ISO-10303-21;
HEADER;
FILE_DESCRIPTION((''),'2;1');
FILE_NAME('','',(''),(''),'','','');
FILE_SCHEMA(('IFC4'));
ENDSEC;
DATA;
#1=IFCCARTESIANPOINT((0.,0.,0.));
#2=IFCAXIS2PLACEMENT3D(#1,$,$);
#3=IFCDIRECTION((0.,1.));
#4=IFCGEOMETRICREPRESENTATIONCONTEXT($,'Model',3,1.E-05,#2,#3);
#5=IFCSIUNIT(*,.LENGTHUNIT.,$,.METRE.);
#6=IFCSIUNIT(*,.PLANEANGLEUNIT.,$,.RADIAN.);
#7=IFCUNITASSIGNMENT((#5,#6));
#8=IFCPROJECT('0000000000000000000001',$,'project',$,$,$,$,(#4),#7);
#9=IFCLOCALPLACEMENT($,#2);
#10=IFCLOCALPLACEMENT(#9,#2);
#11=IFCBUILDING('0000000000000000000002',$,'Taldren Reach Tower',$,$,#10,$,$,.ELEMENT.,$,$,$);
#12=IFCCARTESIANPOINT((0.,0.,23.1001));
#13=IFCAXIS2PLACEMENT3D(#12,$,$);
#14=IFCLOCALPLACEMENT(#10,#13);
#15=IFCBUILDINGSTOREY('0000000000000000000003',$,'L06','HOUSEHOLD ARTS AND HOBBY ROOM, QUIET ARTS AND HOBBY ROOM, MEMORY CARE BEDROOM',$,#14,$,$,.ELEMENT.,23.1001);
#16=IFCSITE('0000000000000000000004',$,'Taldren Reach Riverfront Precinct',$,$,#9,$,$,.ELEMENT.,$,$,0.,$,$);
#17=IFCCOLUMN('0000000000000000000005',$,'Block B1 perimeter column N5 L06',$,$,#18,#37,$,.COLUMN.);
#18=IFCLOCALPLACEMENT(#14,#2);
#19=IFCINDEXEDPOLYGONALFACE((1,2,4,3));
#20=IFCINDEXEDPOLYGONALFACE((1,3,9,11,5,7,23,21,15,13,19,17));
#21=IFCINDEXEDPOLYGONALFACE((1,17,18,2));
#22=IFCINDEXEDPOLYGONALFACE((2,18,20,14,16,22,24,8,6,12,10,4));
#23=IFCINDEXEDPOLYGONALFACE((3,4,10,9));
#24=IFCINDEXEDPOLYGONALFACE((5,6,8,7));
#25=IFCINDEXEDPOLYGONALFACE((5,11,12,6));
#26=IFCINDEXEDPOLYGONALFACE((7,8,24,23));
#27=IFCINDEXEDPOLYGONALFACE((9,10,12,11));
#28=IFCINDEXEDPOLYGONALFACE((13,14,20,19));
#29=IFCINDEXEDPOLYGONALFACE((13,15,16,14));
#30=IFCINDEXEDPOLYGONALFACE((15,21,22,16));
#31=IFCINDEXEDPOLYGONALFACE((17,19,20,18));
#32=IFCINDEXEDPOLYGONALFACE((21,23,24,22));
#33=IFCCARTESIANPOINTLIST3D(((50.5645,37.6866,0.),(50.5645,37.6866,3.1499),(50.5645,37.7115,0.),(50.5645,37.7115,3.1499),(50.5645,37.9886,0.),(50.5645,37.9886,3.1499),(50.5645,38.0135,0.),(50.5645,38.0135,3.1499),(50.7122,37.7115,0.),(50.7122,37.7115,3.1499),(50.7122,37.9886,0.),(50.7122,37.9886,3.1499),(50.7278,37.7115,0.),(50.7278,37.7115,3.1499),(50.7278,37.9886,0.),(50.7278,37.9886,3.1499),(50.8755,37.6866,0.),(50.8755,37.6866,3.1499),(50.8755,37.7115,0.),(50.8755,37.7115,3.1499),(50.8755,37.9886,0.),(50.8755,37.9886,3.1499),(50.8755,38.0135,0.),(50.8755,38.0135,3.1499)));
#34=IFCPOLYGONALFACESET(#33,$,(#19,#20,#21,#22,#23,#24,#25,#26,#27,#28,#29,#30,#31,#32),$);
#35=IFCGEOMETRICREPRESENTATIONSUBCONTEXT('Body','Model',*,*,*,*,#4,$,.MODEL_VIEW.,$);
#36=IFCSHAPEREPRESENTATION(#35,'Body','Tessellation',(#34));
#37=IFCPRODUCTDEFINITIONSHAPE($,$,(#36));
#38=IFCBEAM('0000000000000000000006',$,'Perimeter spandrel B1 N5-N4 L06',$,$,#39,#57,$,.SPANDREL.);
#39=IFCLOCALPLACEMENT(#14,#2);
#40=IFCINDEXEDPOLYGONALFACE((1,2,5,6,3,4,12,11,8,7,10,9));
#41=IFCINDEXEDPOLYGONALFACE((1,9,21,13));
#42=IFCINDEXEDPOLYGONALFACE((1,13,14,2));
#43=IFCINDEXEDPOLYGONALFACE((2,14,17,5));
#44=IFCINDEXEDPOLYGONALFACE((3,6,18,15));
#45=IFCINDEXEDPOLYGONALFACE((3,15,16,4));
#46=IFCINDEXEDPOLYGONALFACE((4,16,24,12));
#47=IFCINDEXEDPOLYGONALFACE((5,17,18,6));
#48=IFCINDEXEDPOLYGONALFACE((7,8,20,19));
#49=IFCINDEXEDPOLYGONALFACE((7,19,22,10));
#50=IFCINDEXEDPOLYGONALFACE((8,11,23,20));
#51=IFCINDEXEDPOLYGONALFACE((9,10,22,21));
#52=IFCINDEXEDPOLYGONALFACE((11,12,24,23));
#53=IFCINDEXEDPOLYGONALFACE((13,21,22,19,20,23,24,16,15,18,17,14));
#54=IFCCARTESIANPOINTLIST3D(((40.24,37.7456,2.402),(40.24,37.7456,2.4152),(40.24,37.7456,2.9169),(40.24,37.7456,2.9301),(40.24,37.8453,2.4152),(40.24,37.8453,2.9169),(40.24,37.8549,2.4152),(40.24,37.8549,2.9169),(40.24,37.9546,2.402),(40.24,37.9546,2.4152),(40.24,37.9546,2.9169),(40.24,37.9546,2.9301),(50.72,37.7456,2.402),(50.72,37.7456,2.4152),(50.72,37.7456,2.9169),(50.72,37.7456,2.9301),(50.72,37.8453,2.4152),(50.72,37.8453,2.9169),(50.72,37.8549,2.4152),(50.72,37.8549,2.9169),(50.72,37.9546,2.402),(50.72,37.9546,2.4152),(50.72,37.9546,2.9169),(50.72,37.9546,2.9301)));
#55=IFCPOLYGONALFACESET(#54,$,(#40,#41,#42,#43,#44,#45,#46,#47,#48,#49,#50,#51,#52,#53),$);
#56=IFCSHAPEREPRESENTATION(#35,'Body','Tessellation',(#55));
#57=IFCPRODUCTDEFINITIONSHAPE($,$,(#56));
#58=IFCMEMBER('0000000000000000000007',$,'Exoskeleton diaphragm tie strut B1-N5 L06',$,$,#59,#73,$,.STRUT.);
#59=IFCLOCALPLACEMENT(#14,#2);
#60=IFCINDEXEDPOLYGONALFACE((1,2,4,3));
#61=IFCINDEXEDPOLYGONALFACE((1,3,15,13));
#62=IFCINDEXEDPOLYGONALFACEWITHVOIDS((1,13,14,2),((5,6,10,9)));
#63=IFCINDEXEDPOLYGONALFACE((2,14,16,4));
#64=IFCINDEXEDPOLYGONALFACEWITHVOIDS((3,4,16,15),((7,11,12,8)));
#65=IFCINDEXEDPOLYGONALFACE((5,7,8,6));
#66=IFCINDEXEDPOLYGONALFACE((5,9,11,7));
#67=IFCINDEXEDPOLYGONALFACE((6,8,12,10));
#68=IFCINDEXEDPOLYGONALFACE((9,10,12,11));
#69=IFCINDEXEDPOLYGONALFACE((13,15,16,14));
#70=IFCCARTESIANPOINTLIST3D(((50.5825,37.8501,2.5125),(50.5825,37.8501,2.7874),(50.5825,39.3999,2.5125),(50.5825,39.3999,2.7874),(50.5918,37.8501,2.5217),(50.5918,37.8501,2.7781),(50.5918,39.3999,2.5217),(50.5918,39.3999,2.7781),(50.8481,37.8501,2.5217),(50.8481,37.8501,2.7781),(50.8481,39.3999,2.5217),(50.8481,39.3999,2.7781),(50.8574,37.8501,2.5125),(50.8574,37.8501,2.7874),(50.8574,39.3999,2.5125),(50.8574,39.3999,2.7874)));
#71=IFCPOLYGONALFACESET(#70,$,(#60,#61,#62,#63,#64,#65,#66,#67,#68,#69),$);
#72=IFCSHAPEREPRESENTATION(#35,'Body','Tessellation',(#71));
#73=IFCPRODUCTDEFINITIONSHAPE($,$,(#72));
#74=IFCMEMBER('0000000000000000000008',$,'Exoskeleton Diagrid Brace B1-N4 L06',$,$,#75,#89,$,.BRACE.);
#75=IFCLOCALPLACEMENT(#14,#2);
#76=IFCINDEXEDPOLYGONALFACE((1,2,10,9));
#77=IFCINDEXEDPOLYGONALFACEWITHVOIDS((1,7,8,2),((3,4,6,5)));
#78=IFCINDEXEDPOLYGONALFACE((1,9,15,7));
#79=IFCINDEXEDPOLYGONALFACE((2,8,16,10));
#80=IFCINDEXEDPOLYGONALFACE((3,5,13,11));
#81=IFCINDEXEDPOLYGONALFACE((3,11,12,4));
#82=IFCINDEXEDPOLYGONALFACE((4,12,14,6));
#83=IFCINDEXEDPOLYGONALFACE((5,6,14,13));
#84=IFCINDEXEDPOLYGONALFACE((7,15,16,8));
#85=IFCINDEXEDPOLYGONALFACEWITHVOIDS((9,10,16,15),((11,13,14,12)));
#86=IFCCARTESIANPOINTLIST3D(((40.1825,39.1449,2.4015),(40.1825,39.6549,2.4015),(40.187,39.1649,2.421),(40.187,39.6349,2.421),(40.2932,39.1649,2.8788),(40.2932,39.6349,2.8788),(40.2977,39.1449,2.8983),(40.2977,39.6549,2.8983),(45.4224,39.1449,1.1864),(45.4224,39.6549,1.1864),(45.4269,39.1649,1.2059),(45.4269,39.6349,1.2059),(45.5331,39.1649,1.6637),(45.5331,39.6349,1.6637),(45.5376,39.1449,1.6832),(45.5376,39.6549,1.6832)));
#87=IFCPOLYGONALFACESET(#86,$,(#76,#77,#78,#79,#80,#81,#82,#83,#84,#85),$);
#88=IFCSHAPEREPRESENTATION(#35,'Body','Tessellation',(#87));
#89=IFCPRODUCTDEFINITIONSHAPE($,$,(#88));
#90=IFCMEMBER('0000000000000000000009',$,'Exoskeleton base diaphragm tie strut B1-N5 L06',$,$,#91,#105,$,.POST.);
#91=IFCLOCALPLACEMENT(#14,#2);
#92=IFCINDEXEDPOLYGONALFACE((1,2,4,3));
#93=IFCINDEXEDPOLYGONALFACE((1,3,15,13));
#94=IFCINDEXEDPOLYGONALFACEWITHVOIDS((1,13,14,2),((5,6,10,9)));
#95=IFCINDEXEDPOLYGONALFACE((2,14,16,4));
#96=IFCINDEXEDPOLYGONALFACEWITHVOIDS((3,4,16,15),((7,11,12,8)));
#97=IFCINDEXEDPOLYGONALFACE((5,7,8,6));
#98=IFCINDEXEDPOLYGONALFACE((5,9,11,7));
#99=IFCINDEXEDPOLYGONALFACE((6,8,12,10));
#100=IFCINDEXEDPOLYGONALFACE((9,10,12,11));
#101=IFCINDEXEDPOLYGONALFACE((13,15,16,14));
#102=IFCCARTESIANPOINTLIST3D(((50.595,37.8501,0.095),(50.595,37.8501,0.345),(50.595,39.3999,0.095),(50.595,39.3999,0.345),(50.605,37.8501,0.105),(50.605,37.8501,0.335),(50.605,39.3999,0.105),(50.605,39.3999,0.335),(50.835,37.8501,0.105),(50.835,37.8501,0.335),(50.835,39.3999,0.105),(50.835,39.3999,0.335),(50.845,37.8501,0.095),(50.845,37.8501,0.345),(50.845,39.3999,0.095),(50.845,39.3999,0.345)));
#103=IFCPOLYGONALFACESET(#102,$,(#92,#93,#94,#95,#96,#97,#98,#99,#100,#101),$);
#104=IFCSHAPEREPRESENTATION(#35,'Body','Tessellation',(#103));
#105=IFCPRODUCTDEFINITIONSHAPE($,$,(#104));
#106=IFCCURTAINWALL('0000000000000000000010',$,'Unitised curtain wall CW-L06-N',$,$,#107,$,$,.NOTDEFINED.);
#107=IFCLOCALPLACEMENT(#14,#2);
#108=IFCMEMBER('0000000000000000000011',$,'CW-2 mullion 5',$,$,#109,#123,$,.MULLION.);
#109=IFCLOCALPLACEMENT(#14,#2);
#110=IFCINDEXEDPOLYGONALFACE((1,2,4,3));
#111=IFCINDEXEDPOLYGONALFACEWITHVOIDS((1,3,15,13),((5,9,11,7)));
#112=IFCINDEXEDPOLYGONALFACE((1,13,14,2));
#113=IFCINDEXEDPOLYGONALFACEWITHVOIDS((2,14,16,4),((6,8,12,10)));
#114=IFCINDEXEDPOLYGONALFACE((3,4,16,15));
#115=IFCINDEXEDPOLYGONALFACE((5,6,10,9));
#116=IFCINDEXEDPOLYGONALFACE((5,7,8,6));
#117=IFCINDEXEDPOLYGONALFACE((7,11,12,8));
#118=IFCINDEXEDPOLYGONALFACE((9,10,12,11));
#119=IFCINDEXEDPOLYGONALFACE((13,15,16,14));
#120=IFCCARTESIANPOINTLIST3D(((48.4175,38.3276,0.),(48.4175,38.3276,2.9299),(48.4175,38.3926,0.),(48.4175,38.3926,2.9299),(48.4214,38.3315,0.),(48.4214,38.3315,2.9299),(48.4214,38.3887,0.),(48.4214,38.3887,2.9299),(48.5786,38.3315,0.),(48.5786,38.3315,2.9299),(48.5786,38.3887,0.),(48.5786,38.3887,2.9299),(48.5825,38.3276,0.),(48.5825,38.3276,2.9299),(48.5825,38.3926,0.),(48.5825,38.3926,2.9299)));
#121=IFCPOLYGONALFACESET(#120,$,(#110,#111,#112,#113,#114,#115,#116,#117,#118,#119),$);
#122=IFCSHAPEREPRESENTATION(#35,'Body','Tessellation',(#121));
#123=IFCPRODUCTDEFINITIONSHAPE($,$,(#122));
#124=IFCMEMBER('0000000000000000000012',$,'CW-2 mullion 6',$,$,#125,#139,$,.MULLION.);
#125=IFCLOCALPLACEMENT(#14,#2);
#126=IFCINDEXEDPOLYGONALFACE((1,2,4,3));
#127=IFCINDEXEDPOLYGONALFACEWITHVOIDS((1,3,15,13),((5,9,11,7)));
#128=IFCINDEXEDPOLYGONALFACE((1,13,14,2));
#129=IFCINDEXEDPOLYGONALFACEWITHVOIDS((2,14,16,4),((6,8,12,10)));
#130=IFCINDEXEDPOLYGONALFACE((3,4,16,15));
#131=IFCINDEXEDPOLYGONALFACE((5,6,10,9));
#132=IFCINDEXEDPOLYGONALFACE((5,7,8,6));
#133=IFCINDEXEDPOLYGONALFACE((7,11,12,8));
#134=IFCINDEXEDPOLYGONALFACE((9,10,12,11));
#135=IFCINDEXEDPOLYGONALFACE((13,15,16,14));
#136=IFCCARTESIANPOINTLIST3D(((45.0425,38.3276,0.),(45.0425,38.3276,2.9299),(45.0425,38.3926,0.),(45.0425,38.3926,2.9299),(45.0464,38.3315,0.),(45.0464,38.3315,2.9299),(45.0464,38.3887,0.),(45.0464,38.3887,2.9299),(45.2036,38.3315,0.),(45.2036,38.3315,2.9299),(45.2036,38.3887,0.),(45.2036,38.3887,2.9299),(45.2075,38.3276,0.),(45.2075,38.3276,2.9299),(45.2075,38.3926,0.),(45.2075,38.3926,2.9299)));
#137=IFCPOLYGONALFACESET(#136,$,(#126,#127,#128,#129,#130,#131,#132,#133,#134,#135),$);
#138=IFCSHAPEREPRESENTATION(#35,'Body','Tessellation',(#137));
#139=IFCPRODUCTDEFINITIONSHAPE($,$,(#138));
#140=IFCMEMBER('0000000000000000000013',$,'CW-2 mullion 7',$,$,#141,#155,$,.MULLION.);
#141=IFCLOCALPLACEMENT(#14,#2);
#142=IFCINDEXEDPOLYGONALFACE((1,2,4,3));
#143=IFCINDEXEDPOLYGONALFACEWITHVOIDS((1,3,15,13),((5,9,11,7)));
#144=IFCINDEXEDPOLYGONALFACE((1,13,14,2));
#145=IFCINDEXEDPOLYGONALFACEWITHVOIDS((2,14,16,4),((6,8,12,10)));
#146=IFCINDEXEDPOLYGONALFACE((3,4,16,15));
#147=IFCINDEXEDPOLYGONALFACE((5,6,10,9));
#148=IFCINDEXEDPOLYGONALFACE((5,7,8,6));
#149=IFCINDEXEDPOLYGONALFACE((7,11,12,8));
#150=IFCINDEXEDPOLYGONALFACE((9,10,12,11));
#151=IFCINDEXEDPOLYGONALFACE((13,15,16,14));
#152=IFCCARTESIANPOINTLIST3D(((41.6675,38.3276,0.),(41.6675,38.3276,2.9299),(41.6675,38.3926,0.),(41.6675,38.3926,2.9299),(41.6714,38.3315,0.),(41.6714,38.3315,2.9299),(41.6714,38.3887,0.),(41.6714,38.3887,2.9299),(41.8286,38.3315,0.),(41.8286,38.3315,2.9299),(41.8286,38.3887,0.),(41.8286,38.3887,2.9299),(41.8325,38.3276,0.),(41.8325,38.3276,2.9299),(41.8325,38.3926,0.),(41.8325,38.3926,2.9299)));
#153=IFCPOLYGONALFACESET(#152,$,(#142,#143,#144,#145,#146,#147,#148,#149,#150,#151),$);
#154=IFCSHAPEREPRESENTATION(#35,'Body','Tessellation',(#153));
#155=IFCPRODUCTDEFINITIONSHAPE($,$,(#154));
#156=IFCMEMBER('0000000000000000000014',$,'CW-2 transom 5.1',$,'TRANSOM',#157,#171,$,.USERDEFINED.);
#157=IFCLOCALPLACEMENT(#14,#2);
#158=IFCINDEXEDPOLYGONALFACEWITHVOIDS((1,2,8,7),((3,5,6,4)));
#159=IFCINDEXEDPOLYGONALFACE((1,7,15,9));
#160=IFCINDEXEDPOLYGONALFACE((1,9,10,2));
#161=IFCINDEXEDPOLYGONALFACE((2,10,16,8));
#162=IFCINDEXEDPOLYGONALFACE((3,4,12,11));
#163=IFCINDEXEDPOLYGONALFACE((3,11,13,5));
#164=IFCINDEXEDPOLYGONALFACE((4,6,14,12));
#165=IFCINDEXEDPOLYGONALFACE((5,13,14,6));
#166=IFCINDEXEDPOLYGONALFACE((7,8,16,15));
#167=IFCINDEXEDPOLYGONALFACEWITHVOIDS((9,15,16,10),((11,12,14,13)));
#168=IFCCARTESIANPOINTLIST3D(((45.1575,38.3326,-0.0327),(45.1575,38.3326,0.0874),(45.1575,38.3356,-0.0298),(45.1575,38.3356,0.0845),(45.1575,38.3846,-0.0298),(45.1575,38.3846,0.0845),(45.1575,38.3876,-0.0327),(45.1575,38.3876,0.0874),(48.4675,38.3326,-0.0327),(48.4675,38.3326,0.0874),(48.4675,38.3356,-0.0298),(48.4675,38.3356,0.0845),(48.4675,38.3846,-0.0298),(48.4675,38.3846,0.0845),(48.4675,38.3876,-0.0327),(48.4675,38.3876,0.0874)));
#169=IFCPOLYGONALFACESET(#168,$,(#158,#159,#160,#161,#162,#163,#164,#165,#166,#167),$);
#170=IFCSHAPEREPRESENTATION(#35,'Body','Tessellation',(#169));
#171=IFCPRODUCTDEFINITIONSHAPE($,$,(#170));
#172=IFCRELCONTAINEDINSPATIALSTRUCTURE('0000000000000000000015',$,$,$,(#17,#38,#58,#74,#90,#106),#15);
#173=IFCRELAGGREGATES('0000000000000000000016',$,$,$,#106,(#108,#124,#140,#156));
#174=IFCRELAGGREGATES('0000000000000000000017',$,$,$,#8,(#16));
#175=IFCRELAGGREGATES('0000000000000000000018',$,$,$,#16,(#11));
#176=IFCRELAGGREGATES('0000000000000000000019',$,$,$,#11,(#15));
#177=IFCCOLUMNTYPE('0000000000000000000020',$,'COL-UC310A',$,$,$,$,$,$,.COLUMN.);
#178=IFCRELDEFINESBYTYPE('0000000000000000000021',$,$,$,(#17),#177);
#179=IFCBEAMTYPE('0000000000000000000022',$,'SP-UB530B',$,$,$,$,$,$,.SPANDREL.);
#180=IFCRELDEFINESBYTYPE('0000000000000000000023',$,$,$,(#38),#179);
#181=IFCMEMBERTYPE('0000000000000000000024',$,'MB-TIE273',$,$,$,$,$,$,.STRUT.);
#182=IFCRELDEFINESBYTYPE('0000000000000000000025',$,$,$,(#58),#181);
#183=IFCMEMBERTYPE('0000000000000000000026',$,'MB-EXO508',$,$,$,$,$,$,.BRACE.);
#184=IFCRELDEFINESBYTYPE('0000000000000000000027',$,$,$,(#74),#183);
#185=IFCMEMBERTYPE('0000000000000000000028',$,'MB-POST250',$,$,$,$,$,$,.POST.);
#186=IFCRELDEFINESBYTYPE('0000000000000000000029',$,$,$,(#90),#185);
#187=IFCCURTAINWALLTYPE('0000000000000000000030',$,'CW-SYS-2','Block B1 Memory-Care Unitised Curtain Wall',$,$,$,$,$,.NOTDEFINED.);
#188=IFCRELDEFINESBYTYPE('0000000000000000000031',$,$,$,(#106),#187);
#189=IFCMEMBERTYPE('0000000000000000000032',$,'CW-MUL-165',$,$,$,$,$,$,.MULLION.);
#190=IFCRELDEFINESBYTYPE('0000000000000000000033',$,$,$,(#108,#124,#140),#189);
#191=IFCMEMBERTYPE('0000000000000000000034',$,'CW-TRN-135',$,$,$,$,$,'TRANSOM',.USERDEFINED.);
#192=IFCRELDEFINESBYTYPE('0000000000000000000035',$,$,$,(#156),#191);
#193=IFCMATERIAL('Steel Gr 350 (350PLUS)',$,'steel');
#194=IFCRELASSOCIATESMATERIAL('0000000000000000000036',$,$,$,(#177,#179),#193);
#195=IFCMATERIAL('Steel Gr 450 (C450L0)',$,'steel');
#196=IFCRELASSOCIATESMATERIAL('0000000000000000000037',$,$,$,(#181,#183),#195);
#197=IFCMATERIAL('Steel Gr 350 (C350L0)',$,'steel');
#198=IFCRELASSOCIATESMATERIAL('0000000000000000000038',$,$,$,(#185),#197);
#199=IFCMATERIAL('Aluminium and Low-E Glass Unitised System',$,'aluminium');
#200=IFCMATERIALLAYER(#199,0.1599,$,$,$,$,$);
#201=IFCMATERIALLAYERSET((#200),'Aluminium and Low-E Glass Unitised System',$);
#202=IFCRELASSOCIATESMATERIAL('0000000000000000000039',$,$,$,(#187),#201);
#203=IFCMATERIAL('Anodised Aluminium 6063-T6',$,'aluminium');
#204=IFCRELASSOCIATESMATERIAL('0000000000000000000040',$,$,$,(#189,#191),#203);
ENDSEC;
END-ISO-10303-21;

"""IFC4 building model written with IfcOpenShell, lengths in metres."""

from ifc_helpers import new_model, si_unit, direction, frame, origin, origin_2d, place, context, subcontext, project, spatial, hollow_rectangle, i_section, extrude, source, transform, mapped, material, layer, layer_set, material_profile, profile_set, type_object, element, aggregate, save


model = new_model("IFC4")

# Units and contexts
model_context = context("Model", 3, precision=1e-05, world=origin(), true_north=direction((0.0, 1.0)))
body_context = subcontext(model_context, "Body", "Model", "MODEL_VIEW")
ifc_project = project(units=[si_unit("LENGTHUNIT", "METRE"), si_unit("PLANEANGLEUNIT", "RADIAN")], contexts=[model_context])

# Site, building, storey
site_placement = place(None, origin())
site = spatial("IfcSite", under=ifc_project, at=site_placement, Name="Taldren Reach Riverfront Precinct", CompositionType="ELEMENT", RefElevation=0.0)
building_placement = place(site_placement, origin())
building = spatial("IfcBuilding", under=site, at=building_placement, Name="Taldren Reach Tower", CompositionType="ELEMENT")
storey_placement = place(building_placement, frame((0.0, 0.0, 23.1001)))
storey = spatial("IfcBuildingStorey", under=building, at=storey_placement, Name="L06", Description="HOUSEHOLD ARTS AND HOBBY ROOM, QUIET ARTS AND HOBBY ROOM, MEMORY CARE BEDROOM", CompositionType="ELEMENT", Elevation=23.1001)

# Column
ifc_material_1 = material(Name="Steel Gr 350 (350PLUS)", Category="steel")
ifc_material_profile_1 = material_profile(ifc_material_1, i_section(OverallWidth=0.311, OverallDepth=0.3269, WebThickness=0.0156, FlangeThickness=0.0249, at=origin_2d()), Name="310UC158")
ifc_profile_set_1 = profile_set([ifc_material_profile_1], Name="Steel Gr 350 (350PLUS)")
column_type = type_object("IfcColumnType", Name="COL-UC310A", PredefinedType="COLUMN", material=ifc_profile_set_1)
shared_shape_1 = source(origin(), body_context, "Body", "SweptSolid", [
    extrude(i_section(OverallWidth=0.311, OverallDepth=0.3269, WebThickness=0.0156, FlangeThickness=0.0249, at=origin_2d()), origin(), (0.0, 0.0, 1.0), 3.1499),
])
column_placement = place(storey_placement, frame((50.72, 37.8501, 0.0), z_axis=(0.0, 0.0, 1.0), x_axis=(1.0, 0.0, 0.0)))
element("IfcColumn", 1, at=column_placement, inside=storey, type_object=column_type, Name="Block B1 perimeter column N5 L06", PredefinedType="COLUMN", context=body_context, shape_type="MappedRepresentation", body=[
    mapped(shared_shape_1, transform((0.0, 0.0, 0.0), scale=1.0)),
])

# Beam
ifc_material_profile_2 = material_profile(ifc_material_1, i_section(OverallWidth=0.209, OverallDepth=0.5281, WebThickness=0.0095, FlangeThickness=0.0132, at=origin_2d()), Name="530UB82.0")
ifc_profile_set_2 = profile_set([ifc_material_profile_2], Name="Steel Gr 350 (350PLUS)")
beam_type = type_object("IfcBeamType", Name="SP-UB530B", PredefinedType="SPANDREL", material=ifc_profile_set_2)
shared_shape_2 = source(origin(), body_context, "Body", "SweptSolid", [
    extrude(i_section(OverallWidth=0.209, OverallDepth=0.5281, WebThickness=0.0095, FlangeThickness=0.0132, at=origin_2d()), origin(), (0.0, 0.0, 1.0), 10.48),
])
beam_placement = place(storey_placement, frame((50.72, 37.8501, 2.666), z_axis=(-1.0, 0.0, 0.0), x_axis=(0.0, -1.0, 0.0)))
element("IfcBeam", 2, at=beam_placement, inside=storey, type_object=beam_type, Name="Perimeter spandrel B1 N5-N4 L06", PredefinedType="SPANDREL", context=body_context, shape_type="MappedRepresentation", body=[
    mapped(shared_shape_2, transform((0.0, 0.0, 0.0), scale=1.0)),
])

# Members
ifc_material_2 = material(Name="Steel Gr 450 (C450L0)", Category="steel")
ifc_material_profile_3 = material_profile(ifc_material_2, hollow_rectangle(XDim=0.2749, YDim=0.2749, WallThickness=0.0093, at=origin_2d()), Name="275x275x9.3SHS")
ifc_profile_set_3 = profile_set([ifc_material_profile_3], Name="Steel Gr 450 (C450L0)")
member_type_1 = type_object("IfcMemberType", Name="MB-TIE273", PredefinedType="STRUT", material=ifc_profile_set_3)
shared_shape_3 = source(origin(), body_context, "Body", "SweptSolid", [
    extrude(hollow_rectangle(XDim=0.2749, YDim=0.2749, WallThickness=0.0093, at=origin_2d()), origin(), (0.0, 0.0, 1.0), 1.5498),
])
member_1_placement = place(storey_placement, frame((50.72, 37.8501, 2.6499), z_axis=(0.0, 1.0, 0.0), x_axis=(-1.0, 0.0, 0.0)))
element("IfcMember", 3, at=member_1_placement, inside=storey, type_object=member_type_1, Name="Exoskeleton diaphragm tie strut B1-N5 L06", PredefinedType="STRUT", context=body_context, shape_type="MappedRepresentation", body=[
    mapped(shared_shape_3, transform((0.0, 0.0, 0.0), scale=1.0)),
])
ifc_material_profile_4 = material_profile(ifc_material_2, hollow_rectangle(XDim=0.51, YDim=0.51, WallThickness=0.02, at=origin_2d()), Name="510x510x20.0SHS")
ifc_profile_set_4 = profile_set([ifc_material_profile_4], Name="Steel Gr 450 (C450L0)")
member_type_2 = type_object("IfcMemberType", Name="MB-EXO508", PredefinedType="BRACE", material=ifc_profile_set_4)
shared_shape_4 = source(origin(), body_context, "Body", "SweptSolid", [
    extrude(hollow_rectangle(XDim=0.51, YDim=0.51, WallThickness=0.02, at=origin_2d()), origin(), (0.0, 0.0, 1.0), 5.3789),
])
member_2_placement = place(storey_placement, frame((45.48, 39.3999, 1.4348), z_axis=(-0.974152, 0.0, 0.225894), x_axis=(0.0, -1.0, 0.0)))
element("IfcMember", 4, at=member_2_placement, inside=storey, type_object=member_type_2, Name="Exoskeleton Diagrid Brace B1-N4 L06", PredefinedType="BRACE", context=body_context, shape_type="MappedRepresentation", body=[
    mapped(shared_shape_4, transform((0.0, 0.0, 0.0), scale=1.0)),
])
ifc_material_3 = material(Name="Steel Gr 350 (C350L0)", Category="steel")
ifc_material_profile_5 = material_profile(ifc_material_3, hollow_rectangle(XDim=0.25, YDim=0.25, WallThickness=0.01, at=origin_2d()), Name="250x250x10.0SHS")
ifc_profile_set_5 = profile_set([ifc_material_profile_5], Name="Steel Gr 350 (C350L0)")
member_type_3 = type_object("IfcMemberType", Name="MB-POST250", PredefinedType="POST", material=ifc_profile_set_5)
shared_shape_5 = source(origin(), body_context, "Body", "SweptSolid", [
    extrude(hollow_rectangle(XDim=0.25, YDim=0.25, WallThickness=0.01, at=origin_2d()), origin(), (0.0, 0.0, 1.0), 1.5498),
])
member_3_placement = place(storey_placement, frame((50.72, 37.8501, 0.22), z_axis=(0.0, 1.0, 0.0), x_axis=(-1.0, 0.0, 0.0)))
element("IfcMember", 5, at=member_3_placement, inside=storey, type_object=member_type_3, Name="Exoskeleton base diaphragm tie strut B1-N5 L06", PredefinedType="POST", context=body_context, shape_type="MappedRepresentation", body=[
    mapped(shared_shape_5, transform((0.0, 0.0, 0.0), scale=1.0)),
])

# Curtain wall, members
ifc_material_4 = material(Name="Aluminium and Low-E Glass Unitised System", Category="aluminium")
ifc_layer_1 = layer(ifc_material_4, 0.1599)
ifc_layer_set_1 = layer_set([ifc_layer_1], Name="Aluminium and Low-E Glass Unitised System")
curtain_wall_type = type_object("IfcCurtainWallType", Name="CW-SYS-2", Description="Block B1 Memory-Care Unitised Curtain Wall", PredefinedType="NOTDEFINED", material=ifc_layer_set_1)
curtain_wall_placement = place(storey_placement, origin())
curtain_wall = element("IfcCurtainWall", 6, at=curtain_wall_placement, inside=storey, type_object=curtain_wall_type, Name="Unitised curtain wall CW-L06-N", PredefinedType="NOTDEFINED")
ifc_material_5 = material(Name="Anodised Aluminium 6063-T6", Category="aluminium")
ifc_material_profile_6 = material_profile(ifc_material_5, hollow_rectangle(XDim=0.0649, YDim=0.165, WallThickness=0.0039, at=origin_2d()), Name="ALU-165x65x4RHS")
ifc_profile_set_6 = profile_set([ifc_material_profile_6], Name="Anodised Aluminium 6063-T6")
member_type_4 = type_object("IfcMemberType", Name="CW-MUL-165", PredefinedType="MULLION", material=ifc_profile_set_6)
shared_shape_6 = source(origin(), body_context, "Body", "SweptSolid", [
    extrude(hollow_rectangle(XDim=0.0649, YDim=0.165, WallThickness=0.0039, at=origin_2d()), origin(), (0.0, 0.0, 1.0), 2.9299),
])
member_4_placement = place(storey_placement, frame((48.5, 38.3601, 0.0), z_axis=(0.0, 0.0, 1.0), x_axis=(0.0, -1.0, 0.0)))
member_4 = element("IfcMember", 7, at=member_4_placement, type_object=member_type_4, Name="CW-2 mullion 5", PredefinedType="MULLION", context=body_context, shape_type="MappedRepresentation", body=[
    mapped(shared_shape_6, transform((0.0, 0.0, 0.0), scale=1.0)),
])
member_5_placement = place(storey_placement, frame((45.125, 38.3601, 0.0), z_axis=(0.0, 0.0, 1.0), x_axis=(0.0, -1.0, 0.0)))
member_5 = element("IfcMember", 8, at=member_5_placement, type_object=member_type_4, Name="CW-2 mullion 6", PredefinedType="MULLION", context=body_context, shape_type="MappedRepresentation", body=[
    mapped(shared_shape_6, transform((0.0, 0.0, 0.0), scale=1.0)),
])
member_6_placement = place(storey_placement, frame((41.75, 38.3601, 0.0), z_axis=(0.0, 0.0, 1.0), x_axis=(0.0, -1.0, 0.0)))
member_6 = element("IfcMember", 9, at=member_6_placement, type_object=member_type_4, Name="CW-2 mullion 7", PredefinedType="MULLION", context=body_context, shape_type="MappedRepresentation", body=[
    mapped(shared_shape_6, transform((0.0, 0.0, 0.0), scale=1.0)),
])
ifc_material_profile_7 = material_profile(ifc_material_5, hollow_rectangle(XDim=0.0549, YDim=0.1201, WallThickness=0.0029, at=origin_2d()), Name="ALU-120x55x3RHS")
ifc_profile_set_7 = profile_set([ifc_material_profile_7], Name="Anodised Aluminium 6063-T6")
member_type_5 = type_object("IfcMemberType", Name="CW-TRN-135", ElementType="TRANSOM", PredefinedType="USERDEFINED", material=ifc_profile_set_7)
shared_shape_7 = source(origin(), body_context, "Body", "SweptSolid", [
    extrude(hollow_rectangle(XDim=0.0549, YDim=0.1201, WallThickness=0.0029, at=origin_2d()), origin(), (0.0, 0.0, 1.0), 3.3101),
])
member_7_placement = place(storey_placement, frame((48.4675, 38.3601, 0.0273), z_axis=(-1.0, 0.0, 0.0), x_axis=(0.0, -1.0, 0.0)))
member_7 = element("IfcMember", 10, at=member_7_placement, type_object=member_type_5, Name="CW-2 transom 5.1", ObjectType="TRANSOM", PredefinedType="USERDEFINED", context=body_context, shape_type="MappedRepresentation", body=[
    mapped(shared_shape_7, transform((0.0, 0.0, 0.0), scale=1.0)),
])
aggregate(curtain_wall, [member_4, member_5, member_6, member_7])

save(model, "model.ifc")
